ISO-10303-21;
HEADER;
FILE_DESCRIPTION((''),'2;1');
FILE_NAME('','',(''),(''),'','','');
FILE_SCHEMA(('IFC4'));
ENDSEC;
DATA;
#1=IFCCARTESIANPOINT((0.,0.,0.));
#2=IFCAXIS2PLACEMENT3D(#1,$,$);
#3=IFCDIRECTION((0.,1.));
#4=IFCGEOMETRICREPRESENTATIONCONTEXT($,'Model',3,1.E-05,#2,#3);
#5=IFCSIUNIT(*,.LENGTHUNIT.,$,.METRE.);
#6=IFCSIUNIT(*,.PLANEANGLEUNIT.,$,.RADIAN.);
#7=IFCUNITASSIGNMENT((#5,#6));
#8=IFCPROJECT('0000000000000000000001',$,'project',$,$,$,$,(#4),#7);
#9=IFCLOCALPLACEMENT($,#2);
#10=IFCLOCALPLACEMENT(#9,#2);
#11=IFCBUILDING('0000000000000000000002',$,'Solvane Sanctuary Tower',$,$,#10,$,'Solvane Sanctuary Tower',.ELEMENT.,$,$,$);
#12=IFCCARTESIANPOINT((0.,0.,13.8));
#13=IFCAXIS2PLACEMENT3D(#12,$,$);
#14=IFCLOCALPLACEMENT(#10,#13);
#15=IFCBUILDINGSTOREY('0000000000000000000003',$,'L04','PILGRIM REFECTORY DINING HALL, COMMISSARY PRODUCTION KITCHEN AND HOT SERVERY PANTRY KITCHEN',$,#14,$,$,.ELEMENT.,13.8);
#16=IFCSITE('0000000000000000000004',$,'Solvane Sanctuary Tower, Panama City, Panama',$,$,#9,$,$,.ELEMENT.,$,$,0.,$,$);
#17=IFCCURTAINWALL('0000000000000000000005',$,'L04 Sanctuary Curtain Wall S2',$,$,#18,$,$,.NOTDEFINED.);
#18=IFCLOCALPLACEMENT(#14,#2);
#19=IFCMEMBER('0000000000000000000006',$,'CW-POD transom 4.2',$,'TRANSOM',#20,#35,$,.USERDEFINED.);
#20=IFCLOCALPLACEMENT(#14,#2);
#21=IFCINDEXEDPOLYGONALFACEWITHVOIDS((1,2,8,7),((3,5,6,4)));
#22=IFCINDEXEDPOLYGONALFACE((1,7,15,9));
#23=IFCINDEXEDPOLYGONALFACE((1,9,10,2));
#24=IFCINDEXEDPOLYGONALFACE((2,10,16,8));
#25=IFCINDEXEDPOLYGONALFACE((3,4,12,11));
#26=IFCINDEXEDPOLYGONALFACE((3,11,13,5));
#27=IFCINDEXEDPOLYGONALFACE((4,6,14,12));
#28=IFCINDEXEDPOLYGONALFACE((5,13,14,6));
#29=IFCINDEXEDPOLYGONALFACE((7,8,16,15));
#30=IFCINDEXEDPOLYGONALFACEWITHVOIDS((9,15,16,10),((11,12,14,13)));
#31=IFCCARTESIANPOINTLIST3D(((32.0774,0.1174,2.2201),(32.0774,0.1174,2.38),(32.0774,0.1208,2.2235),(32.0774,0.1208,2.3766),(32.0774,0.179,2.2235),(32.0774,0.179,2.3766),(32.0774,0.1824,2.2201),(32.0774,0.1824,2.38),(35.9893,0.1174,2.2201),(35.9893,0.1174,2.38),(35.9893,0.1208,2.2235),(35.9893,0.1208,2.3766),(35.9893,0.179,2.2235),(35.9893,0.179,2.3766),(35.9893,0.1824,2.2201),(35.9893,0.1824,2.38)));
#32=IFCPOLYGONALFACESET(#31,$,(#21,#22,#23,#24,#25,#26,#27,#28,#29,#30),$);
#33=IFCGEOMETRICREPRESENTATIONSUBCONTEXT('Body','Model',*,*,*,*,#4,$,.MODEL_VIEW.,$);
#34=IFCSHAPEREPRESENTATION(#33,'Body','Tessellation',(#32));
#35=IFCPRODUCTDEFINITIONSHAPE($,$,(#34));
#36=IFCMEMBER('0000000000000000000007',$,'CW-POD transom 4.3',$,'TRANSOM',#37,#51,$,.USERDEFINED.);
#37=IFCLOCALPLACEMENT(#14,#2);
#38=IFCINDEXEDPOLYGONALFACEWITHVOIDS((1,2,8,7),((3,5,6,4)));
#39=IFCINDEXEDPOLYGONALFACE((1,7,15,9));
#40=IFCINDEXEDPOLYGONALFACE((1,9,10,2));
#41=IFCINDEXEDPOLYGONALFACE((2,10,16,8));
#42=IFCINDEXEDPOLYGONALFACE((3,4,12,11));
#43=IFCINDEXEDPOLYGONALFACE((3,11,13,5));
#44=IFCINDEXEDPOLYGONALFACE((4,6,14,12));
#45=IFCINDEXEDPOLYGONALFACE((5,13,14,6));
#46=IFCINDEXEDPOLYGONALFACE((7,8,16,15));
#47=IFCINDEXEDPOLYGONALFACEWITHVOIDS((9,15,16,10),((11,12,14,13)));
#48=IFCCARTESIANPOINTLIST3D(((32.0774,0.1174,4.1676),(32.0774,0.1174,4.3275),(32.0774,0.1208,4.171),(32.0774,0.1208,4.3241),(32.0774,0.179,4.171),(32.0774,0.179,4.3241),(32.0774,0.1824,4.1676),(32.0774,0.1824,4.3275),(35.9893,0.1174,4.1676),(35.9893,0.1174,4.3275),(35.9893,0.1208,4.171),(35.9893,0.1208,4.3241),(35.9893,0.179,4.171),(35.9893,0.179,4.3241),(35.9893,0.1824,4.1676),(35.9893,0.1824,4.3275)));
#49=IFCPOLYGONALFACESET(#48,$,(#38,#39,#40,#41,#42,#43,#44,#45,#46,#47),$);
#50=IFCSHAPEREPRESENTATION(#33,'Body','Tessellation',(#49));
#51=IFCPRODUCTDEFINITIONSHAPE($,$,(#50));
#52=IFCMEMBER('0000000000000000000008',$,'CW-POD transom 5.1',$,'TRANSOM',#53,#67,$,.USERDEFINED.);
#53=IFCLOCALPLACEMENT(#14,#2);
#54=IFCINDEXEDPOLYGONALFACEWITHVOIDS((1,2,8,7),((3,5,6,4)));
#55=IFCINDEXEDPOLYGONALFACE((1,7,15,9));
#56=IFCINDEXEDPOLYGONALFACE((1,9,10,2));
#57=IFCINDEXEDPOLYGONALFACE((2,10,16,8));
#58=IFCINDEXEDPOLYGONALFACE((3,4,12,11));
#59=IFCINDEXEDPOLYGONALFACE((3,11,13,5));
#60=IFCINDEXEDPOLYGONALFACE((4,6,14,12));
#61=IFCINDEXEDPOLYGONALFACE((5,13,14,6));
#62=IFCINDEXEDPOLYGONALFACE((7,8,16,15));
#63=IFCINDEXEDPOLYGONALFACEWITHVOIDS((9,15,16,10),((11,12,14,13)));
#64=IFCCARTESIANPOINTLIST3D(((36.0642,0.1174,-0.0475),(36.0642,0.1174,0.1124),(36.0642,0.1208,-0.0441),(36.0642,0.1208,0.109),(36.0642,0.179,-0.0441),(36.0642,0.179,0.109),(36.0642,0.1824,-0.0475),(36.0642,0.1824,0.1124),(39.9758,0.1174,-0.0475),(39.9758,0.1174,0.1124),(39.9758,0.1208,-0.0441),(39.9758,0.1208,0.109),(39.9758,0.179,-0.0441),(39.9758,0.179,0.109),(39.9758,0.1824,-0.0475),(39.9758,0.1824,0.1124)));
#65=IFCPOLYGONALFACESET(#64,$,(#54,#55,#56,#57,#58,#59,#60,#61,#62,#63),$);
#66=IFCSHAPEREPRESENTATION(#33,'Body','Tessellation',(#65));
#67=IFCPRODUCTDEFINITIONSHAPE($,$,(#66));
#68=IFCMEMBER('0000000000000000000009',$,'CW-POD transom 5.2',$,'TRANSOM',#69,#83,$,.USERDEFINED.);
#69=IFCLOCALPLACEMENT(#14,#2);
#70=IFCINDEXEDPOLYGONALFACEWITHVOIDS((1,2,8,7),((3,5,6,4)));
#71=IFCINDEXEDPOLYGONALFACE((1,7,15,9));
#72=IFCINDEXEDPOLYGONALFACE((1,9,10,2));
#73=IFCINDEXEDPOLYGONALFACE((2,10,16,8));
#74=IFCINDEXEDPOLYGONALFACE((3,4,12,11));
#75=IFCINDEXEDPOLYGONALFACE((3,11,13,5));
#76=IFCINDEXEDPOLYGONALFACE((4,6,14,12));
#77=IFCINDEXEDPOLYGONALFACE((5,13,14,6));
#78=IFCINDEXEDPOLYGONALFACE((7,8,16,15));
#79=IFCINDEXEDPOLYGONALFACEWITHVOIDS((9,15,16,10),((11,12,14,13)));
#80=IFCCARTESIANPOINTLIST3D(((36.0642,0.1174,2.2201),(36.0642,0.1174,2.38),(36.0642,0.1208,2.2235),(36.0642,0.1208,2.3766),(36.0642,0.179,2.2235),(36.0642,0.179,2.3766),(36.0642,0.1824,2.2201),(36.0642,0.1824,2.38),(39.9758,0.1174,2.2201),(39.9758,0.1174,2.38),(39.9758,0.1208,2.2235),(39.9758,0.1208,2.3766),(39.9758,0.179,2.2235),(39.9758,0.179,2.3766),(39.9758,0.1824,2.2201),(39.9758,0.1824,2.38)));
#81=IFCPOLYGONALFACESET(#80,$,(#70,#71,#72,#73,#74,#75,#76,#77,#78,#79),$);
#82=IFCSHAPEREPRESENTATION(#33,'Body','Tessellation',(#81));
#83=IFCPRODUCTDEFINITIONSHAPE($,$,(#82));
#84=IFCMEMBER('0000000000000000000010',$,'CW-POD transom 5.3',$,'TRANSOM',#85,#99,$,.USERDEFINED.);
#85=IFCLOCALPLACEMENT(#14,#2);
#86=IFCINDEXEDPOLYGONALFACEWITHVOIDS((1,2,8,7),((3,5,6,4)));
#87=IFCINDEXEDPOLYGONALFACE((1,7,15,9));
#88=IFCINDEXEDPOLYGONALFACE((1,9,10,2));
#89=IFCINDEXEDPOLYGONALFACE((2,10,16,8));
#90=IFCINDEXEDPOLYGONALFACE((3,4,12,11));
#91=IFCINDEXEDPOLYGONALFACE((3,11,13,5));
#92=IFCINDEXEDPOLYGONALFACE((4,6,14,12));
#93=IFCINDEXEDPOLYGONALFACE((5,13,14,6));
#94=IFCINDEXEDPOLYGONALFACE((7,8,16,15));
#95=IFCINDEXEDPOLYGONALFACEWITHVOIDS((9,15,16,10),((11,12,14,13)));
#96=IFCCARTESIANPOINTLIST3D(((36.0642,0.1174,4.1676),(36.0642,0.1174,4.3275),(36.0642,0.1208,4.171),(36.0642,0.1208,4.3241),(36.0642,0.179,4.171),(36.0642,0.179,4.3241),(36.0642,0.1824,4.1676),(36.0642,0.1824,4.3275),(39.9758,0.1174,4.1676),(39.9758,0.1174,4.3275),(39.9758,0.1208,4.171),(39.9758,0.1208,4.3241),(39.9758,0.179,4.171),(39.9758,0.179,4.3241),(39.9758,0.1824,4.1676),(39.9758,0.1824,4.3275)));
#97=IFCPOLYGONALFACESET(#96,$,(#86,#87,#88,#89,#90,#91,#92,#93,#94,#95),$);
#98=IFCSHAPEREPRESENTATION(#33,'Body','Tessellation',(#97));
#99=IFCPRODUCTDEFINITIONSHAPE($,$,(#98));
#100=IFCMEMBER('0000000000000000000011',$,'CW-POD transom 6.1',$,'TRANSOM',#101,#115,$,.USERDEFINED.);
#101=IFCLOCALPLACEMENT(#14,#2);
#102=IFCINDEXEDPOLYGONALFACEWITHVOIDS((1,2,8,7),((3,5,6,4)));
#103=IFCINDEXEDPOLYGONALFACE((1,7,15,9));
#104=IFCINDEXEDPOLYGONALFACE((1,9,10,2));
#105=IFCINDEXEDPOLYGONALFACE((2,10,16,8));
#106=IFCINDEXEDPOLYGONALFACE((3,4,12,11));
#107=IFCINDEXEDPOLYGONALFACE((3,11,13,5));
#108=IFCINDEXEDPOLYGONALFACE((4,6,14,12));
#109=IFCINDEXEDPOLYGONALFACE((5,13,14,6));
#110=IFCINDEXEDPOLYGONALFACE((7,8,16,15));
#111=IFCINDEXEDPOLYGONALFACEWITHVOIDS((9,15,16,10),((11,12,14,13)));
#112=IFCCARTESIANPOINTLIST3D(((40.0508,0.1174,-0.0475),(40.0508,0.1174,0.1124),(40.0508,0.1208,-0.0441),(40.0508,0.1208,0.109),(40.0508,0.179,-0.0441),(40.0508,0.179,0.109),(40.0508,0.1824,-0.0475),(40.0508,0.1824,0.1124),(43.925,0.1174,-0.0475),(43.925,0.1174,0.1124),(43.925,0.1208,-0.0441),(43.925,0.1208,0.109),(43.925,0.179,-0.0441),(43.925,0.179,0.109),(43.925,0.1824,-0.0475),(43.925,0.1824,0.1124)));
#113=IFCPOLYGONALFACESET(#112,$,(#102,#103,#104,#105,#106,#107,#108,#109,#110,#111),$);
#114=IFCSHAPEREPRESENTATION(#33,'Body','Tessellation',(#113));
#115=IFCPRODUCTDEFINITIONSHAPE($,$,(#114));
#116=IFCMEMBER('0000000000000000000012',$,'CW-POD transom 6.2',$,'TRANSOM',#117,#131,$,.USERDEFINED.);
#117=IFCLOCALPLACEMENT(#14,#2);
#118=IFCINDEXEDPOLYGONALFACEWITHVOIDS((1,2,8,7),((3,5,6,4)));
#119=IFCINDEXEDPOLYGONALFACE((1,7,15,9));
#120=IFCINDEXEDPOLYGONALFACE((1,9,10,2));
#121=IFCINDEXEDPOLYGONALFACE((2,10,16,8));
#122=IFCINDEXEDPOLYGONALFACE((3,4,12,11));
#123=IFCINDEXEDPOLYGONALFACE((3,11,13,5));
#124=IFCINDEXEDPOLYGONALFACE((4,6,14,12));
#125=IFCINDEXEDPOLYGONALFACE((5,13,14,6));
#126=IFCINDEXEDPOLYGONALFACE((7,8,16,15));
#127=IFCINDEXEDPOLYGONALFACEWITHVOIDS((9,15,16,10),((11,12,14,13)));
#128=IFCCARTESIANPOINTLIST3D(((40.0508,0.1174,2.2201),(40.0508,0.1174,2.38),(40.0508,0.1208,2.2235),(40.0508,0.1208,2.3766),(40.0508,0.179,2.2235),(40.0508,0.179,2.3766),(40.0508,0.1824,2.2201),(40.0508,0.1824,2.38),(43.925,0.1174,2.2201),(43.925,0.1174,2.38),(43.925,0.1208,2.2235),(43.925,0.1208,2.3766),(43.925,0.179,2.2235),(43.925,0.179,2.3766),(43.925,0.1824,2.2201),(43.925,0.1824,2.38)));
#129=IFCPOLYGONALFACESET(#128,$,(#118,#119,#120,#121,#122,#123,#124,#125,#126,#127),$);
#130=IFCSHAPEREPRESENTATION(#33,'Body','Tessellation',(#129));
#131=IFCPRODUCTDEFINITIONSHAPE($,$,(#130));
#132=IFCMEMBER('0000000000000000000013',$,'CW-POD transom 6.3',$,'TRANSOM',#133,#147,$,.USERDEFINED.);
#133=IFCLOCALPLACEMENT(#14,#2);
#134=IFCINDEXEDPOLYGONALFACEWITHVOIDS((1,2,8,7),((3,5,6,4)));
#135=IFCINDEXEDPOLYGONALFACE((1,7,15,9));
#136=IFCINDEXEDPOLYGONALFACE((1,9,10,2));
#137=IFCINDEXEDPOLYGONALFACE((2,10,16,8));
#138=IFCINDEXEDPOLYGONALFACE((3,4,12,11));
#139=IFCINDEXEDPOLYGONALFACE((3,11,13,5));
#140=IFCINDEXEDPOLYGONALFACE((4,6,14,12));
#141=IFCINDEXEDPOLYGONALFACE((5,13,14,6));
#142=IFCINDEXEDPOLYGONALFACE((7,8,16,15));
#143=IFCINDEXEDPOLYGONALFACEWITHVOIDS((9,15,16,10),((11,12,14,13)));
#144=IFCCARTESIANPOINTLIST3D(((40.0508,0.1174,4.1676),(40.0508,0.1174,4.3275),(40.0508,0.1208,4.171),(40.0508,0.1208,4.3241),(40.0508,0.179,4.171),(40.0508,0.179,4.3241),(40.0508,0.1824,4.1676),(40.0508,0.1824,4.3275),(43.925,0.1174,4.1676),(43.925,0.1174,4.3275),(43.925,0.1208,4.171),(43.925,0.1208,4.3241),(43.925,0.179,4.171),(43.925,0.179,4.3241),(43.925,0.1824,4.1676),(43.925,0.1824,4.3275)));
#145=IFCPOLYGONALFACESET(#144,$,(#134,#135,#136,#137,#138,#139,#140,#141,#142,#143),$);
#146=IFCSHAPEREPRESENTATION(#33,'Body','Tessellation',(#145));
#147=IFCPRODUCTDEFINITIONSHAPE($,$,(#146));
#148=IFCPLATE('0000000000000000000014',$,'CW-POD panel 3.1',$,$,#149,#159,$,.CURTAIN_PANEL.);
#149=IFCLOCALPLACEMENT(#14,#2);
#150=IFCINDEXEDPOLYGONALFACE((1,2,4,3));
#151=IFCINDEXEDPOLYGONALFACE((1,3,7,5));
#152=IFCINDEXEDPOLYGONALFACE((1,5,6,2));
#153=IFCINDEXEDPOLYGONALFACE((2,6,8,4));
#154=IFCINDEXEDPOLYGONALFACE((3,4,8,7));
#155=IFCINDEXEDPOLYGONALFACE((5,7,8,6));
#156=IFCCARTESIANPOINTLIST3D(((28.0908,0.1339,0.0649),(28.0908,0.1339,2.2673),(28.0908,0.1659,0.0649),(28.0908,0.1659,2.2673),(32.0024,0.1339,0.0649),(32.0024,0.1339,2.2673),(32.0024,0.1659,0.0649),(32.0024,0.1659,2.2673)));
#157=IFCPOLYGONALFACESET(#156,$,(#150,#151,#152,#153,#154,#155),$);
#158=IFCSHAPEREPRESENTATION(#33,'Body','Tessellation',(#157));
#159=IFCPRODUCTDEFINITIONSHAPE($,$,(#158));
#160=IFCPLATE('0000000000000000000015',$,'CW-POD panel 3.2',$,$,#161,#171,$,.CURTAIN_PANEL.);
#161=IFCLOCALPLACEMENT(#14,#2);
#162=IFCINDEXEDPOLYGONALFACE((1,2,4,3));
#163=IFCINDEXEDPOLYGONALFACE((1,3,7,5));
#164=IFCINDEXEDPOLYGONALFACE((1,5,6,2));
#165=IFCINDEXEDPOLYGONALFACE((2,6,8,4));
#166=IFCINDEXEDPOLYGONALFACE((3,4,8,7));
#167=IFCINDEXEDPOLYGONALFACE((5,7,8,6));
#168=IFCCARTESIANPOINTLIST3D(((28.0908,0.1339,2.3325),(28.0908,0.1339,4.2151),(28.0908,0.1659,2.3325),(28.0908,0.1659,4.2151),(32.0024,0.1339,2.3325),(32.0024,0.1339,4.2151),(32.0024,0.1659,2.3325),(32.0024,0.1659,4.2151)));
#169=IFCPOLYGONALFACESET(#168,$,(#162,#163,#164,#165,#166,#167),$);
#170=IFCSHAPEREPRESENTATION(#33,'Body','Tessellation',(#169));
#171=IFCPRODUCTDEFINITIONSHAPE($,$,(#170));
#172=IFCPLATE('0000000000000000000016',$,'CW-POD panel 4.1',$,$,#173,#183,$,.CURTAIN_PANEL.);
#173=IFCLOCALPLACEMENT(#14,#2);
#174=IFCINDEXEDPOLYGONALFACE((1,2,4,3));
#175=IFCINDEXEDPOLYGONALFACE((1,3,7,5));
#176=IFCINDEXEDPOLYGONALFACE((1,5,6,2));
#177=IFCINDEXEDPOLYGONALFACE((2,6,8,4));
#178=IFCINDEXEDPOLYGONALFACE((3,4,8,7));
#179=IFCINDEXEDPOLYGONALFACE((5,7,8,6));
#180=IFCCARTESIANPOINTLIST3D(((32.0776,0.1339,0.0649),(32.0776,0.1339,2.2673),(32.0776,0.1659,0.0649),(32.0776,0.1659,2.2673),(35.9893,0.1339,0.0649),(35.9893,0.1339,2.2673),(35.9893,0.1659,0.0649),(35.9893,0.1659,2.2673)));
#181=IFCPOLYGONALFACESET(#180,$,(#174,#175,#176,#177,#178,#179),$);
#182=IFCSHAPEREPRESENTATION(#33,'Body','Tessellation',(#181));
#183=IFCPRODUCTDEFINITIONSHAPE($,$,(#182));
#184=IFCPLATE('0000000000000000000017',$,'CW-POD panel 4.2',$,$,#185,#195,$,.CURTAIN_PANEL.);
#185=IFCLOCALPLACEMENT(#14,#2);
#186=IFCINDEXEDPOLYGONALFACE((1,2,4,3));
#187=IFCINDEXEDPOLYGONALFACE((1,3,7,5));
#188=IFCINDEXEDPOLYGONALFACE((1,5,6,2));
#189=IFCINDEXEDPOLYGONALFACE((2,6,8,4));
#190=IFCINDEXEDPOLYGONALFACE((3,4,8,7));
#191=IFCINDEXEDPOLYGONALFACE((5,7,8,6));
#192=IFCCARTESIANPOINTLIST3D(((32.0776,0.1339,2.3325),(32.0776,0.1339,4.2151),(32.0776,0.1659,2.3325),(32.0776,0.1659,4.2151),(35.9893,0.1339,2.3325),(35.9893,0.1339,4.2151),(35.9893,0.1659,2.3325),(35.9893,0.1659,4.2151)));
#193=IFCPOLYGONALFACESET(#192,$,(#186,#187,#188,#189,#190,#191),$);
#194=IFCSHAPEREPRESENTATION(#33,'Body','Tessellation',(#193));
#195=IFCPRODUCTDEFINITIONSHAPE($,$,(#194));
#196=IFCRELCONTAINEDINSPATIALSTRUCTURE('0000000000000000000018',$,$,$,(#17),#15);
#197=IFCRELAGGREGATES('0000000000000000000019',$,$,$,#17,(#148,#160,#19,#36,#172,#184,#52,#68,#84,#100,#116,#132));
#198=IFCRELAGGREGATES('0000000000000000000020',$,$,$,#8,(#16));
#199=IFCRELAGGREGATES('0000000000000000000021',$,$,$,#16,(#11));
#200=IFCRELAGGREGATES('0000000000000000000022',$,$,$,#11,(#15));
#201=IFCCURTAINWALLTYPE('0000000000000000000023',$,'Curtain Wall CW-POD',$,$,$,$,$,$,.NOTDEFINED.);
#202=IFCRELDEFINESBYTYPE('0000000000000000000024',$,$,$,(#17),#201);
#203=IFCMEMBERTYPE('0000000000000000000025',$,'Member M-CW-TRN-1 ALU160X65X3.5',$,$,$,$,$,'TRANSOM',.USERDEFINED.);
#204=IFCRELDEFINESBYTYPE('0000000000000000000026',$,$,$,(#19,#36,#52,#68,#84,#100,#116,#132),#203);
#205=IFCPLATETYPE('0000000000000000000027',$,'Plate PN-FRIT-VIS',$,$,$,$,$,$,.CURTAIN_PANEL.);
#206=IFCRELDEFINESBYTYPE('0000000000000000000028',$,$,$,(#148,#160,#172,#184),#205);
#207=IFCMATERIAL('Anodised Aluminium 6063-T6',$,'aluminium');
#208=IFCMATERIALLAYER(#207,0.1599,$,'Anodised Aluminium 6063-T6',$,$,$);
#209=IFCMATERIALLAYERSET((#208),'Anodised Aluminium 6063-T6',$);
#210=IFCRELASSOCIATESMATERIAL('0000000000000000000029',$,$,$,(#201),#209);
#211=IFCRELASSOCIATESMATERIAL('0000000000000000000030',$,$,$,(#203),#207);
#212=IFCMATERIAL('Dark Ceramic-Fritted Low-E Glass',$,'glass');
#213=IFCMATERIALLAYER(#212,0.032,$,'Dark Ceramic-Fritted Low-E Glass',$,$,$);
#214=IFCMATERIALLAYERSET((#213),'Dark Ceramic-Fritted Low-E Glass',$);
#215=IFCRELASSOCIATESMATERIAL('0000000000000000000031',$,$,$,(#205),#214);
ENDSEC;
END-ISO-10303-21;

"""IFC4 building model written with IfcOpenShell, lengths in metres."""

from ifc_helpers import new_model, si_unit, direction, frame, origin, origin_2d, place, context, subcontext, project, spatial, rectangle, hollow_rectangle, extrude, material, layer, layer_set, material_profile, profile_set, type_object, element, aggregate, save


model = new_model("IFC4")

# Units and contexts
model_context = context("Model", 3, precision=1e-05, world=origin(), true_north=direction((0.0, 1.0)))
body_context = subcontext(model_context, "Body", "Model", "MODEL_VIEW")
ifc_project = project(units=[si_unit("LENGTHUNIT", "METRE"), si_unit("PLANEANGLEUNIT", "RADIAN")], contexts=[model_context])

# Site, building, storey
site_placement = place(None, origin())
site = spatial("IfcSite", under=ifc_project, at=site_placement, Name="Solvane Sanctuary Tower, Panama City, Panama", CompositionType="ELEMENT", RefElevation=0.0)
building_placement = place(site_placement, origin())
building = spatial("IfcBuilding", under=site, at=building_placement, Name="Solvane Sanctuary Tower", LongName="Solvane Sanctuary Tower", CompositionType="ELEMENT")
storey_placement = place(building_placement, frame((0.0, 0.0, 13.8)))
storey = spatial("IfcBuildingStorey", under=building, at=storey_placement, Name="L04", Description="PILGRIM REFECTORY DINING HALL, COMMISSARY PRODUCTION KITCHEN AND HOT SERVERY PANTRY KITCHEN", CompositionType="ELEMENT", Elevation=13.8)

# Curtain wall, members, plates
ifc_material_1 = material(Name="Anodised Aluminium 6063-T6", Category="aluminium")
ifc_layer_1 = layer(ifc_material_1, 0.1599, Name="Anodised Aluminium 6063-T6")
ifc_layer_set_1 = layer_set([ifc_layer_1], Name="Anodised Aluminium 6063-T6")
curtain_wall_type = type_object("IfcCurtainWallType", Name="Curtain Wall CW-POD", PredefinedType="NOTDEFINED", material=ifc_layer_set_1)
curtain_wall_placement = place(storey_placement, origin())
curtain_wall = element("IfcCurtainWall", 1, at=curtain_wall_placement, inside=storey, type_object=curtain_wall_type, Name="L04 Sanctuary Curtain Wall S2", PredefinedType="NOTDEFINED")
ifc_material_profile_1 = material_profile(ifc_material_1, hollow_rectangle(XDim=0.0649, YDim=0.1599, WallThickness=0.0034, at=origin_2d()), Name="ALU160X65X3.5")
ifc_profile_set_1 = profile_set([ifc_material_profile_1], Name="Anodised Aluminium 6063-T6")
member_type_1 = type_object("IfcMemberType", Name="Member M-CW-TRN-1 ALU160X65X3.5", ElementType="TRANSOM", PredefinedType="USERDEFINED", material=ifc_profile_set_1)
member_1_placement = place(storey_placement, frame((32.0774, 0.1499, 2.3), z_axis=(1.0, 0.0, 0.0), x_axis=(0.0, 1.0, 0.0)))
member_1 = element("IfcMember", 2, at=member_1_placement, type_object=member_type_1, Name="CW-POD transom 4.2", ObjectType="TRANSOM", PredefinedType="USERDEFINED", context=body_context, shape_type="SweptSolid", body=[
    extrude(hollow_rectangle(XDim=0.0649, YDim=0.1599, WallThickness=0.0034, at=origin_2d()), origin(), (0.0, 0.0, 1.0), 3.9119),
])
member_2_placement = place(storey_placement, frame((32.0774, 0.1499, 4.2476), z_axis=(1.0, 0.0, 0.0), x_axis=(0.0, 1.0, 0.0)))
member_2 = element("IfcMember", 3, at=member_2_placement, type_object=member_type_1, Name="CW-POD transom 4.3", ObjectType="TRANSOM", PredefinedType="USERDEFINED", context=body_context, shape_type="SweptSolid", body=[
    extrude(hollow_rectangle(XDim=0.0649, YDim=0.1599, WallThickness=0.0034, at=origin_2d()), origin(), (0.0, 0.0, 1.0), 3.9119),
])
member_3_placement = place(storey_placement, frame((36.0642, 0.1499, 0.0325), z_axis=(1.0, 0.0, 0.0), x_axis=(0.0, 1.0, 0.0)))
member_3 = element("IfcMember", 4, at=member_3_placement, type_object=member_type_1, Name="CW-POD transom 5.1", ObjectType="TRANSOM", PredefinedType="USERDEFINED", context=body_context, shape_type="SweptSolid", body=[
    extrude(hollow_rectangle(XDim=0.0649, YDim=0.1599, WallThickness=0.0034, at=origin_2d()), origin(), (0.0, 0.0, 1.0), 3.9116),
])
member_4_placement = place(storey_placement, frame((36.0642, 0.1499, 2.3), z_axis=(1.0, 0.0, 0.0), x_axis=(0.0, 1.0, 0.0)))
member_4 = element("IfcMember", 5, at=member_4_placement, type_object=member_type_1, Name="CW-POD transom 5.2", ObjectType="TRANSOM", PredefinedType="USERDEFINED", context=body_context, shape_type="SweptSolid", body=[
    extrude(hollow_rectangle(XDim=0.0649, YDim=0.1599, WallThickness=0.0034, at=origin_2d()), origin(), (0.0, 0.0, 1.0), 3.9116),
])
member_5_placement = place(storey_placement, frame((36.0642, 0.1499, 4.2476), z_axis=(1.0, 0.0, 0.0), x_axis=(0.0, 1.0, 0.0)))
member_5 = element("IfcMember", 6, at=member_5_placement, type_object=member_type_1, Name="CW-POD transom 5.3", ObjectType="TRANSOM", PredefinedType="USERDEFINED", context=body_context, shape_type="SweptSolid", body=[
    extrude(hollow_rectangle(XDim=0.0649, YDim=0.1599, WallThickness=0.0034, at=origin_2d()), origin(), (0.0, 0.0, 1.0), 3.9116),
])
member_6_placement = place(storey_placement, frame((40.0508, 0.1499, 0.0325), z_axis=(1.0, 0.0, 0.0), x_axis=(0.0, 1.0, 0.0)))
member_6 = element("IfcMember", 7, at=member_6_placement, type_object=member_type_1, Name="CW-POD transom 6.1", ObjectType="TRANSOM", PredefinedType="USERDEFINED", context=body_context, shape_type="SweptSolid", body=[
    extrude(hollow_rectangle(XDim=0.0649, YDim=0.1599, WallThickness=0.0034, at=origin_2d()), origin(), (0.0, 0.0, 1.0), 3.8743),
])
member_7_placement = place(storey_placement, frame((40.0508, 0.1499, 2.3), z_axis=(1.0, 0.0, 0.0), x_axis=(0.0, 1.0, 0.0)))
member_7 = element("IfcMember", 8, at=member_7_placement, type_object=member_type_1, Name="CW-POD transom 6.2", ObjectType="TRANSOM", PredefinedType="USERDEFINED", context=body_context, shape_type="SweptSolid", body=[
    extrude(hollow_rectangle(XDim=0.0649, YDim=0.1599, WallThickness=0.0034, at=origin_2d()), origin(), (0.0, 0.0, 1.0), 3.8743),
])
member_8_placement = place(storey_placement, frame((40.0508, 0.1499, 4.2476), z_axis=(1.0, 0.0, 0.0), x_axis=(0.0, 1.0, 0.0)))
member_8 = element("IfcMember", 9, at=member_8_placement, type_object=member_type_1, Name="CW-POD transom 6.3", ObjectType="TRANSOM", PredefinedType="USERDEFINED", context=body_context, shape_type="SweptSolid", body=[
    extrude(hollow_rectangle(XDim=0.0649, YDim=0.1599, WallThickness=0.0034, at=origin_2d()), origin(), (0.0, 0.0, 1.0), 3.8743),
])
ifc_material_2 = material(Name="Dark Ceramic-Fritted Low-E Glass", Category="glass")
ifc_layer_2 = layer(ifc_material_2, 0.032, Name="Dark Ceramic-Fritted Low-E Glass")
ifc_layer_set_2 = layer_set([ifc_layer_2], Name="Dark Ceramic-Fritted Low-E Glass")
plate_type = type_object("IfcPlateType", Name="Plate PN-FRIT-VIS", PredefinedType="CURTAIN_PANEL", material=ifc_layer_set_2)
plate_1_placement = place(storey_placement, frame((30.0466, 0.1499, 0.0649), z_axis=(0.0, 0.0, 1.0), x_axis=(1.0, 0.0, 0.0)))
plate_1 = element("IfcPlate", 10, at=plate_1_placement, type_object=plate_type, Name="CW-POD panel 3.1", PredefinedType="CURTAIN_PANEL", context=body_context, shape_type="SweptSolid", body=[
    extrude(rectangle(XDim=3.9116, YDim=0.032, at=origin_2d()), origin(), (0.0, 0.0, 1.0), 2.2024),
])
plate_2_placement = place(storey_placement, frame((30.0466, 0.1499, 2.3325), z_axis=(0.0, 0.0, 1.0), x_axis=(1.0, 0.0, 0.0)))
plate_2 = element("IfcPlate", 11, at=plate_2_placement, type_object=plate_type, Name="CW-POD panel 3.2", PredefinedType="CURTAIN_PANEL", context=body_context, shape_type="SweptSolid", body=[
    extrude(rectangle(XDim=3.9116, YDim=0.032, at=origin_2d()), origin(), (0.0, 0.0, 1.0), 1.8826),
])
plate_3_placement = place(storey_placement, frame((34.0334, 0.1499, 0.0649), z_axis=(0.0, 0.0, 1.0), x_axis=(1.0, 0.0, 0.0)))
plate_3 = element("IfcPlate", 12, at=plate_3_placement, type_object=plate_type, Name="CW-POD panel 4.1", PredefinedType="CURTAIN_PANEL", context=body_context, shape_type="SweptSolid", body=[
    extrude(rectangle(XDim=3.9116, YDim=0.032, at=origin_2d()), origin(), (0.0, 0.0, 1.0), 2.2024),
])
plate_4_placement = place(storey_placement, frame((34.0334, 0.1499, 2.3325), z_axis=(0.0, 0.0, 1.0), x_axis=(1.0, 0.0, 0.0)))
plate_4 = element("IfcPlate", 13, at=plate_4_placement, type_object=plate_type, Name="CW-POD panel 4.2", PredefinedType="CURTAIN_PANEL", context=body_context, shape_type="SweptSolid", body=[
    extrude(rectangle(XDim=3.9116, YDim=0.032, at=origin_2d()), origin(), (0.0, 0.0, 1.0), 1.8826),
])
aggregate(curtain_wall, [plate_1, plate_2, member_1, member_2, plate_3, plate_4, member_3, member_4, member_5, member_6, member_7, member_8])

save(model, "model.ifc")
